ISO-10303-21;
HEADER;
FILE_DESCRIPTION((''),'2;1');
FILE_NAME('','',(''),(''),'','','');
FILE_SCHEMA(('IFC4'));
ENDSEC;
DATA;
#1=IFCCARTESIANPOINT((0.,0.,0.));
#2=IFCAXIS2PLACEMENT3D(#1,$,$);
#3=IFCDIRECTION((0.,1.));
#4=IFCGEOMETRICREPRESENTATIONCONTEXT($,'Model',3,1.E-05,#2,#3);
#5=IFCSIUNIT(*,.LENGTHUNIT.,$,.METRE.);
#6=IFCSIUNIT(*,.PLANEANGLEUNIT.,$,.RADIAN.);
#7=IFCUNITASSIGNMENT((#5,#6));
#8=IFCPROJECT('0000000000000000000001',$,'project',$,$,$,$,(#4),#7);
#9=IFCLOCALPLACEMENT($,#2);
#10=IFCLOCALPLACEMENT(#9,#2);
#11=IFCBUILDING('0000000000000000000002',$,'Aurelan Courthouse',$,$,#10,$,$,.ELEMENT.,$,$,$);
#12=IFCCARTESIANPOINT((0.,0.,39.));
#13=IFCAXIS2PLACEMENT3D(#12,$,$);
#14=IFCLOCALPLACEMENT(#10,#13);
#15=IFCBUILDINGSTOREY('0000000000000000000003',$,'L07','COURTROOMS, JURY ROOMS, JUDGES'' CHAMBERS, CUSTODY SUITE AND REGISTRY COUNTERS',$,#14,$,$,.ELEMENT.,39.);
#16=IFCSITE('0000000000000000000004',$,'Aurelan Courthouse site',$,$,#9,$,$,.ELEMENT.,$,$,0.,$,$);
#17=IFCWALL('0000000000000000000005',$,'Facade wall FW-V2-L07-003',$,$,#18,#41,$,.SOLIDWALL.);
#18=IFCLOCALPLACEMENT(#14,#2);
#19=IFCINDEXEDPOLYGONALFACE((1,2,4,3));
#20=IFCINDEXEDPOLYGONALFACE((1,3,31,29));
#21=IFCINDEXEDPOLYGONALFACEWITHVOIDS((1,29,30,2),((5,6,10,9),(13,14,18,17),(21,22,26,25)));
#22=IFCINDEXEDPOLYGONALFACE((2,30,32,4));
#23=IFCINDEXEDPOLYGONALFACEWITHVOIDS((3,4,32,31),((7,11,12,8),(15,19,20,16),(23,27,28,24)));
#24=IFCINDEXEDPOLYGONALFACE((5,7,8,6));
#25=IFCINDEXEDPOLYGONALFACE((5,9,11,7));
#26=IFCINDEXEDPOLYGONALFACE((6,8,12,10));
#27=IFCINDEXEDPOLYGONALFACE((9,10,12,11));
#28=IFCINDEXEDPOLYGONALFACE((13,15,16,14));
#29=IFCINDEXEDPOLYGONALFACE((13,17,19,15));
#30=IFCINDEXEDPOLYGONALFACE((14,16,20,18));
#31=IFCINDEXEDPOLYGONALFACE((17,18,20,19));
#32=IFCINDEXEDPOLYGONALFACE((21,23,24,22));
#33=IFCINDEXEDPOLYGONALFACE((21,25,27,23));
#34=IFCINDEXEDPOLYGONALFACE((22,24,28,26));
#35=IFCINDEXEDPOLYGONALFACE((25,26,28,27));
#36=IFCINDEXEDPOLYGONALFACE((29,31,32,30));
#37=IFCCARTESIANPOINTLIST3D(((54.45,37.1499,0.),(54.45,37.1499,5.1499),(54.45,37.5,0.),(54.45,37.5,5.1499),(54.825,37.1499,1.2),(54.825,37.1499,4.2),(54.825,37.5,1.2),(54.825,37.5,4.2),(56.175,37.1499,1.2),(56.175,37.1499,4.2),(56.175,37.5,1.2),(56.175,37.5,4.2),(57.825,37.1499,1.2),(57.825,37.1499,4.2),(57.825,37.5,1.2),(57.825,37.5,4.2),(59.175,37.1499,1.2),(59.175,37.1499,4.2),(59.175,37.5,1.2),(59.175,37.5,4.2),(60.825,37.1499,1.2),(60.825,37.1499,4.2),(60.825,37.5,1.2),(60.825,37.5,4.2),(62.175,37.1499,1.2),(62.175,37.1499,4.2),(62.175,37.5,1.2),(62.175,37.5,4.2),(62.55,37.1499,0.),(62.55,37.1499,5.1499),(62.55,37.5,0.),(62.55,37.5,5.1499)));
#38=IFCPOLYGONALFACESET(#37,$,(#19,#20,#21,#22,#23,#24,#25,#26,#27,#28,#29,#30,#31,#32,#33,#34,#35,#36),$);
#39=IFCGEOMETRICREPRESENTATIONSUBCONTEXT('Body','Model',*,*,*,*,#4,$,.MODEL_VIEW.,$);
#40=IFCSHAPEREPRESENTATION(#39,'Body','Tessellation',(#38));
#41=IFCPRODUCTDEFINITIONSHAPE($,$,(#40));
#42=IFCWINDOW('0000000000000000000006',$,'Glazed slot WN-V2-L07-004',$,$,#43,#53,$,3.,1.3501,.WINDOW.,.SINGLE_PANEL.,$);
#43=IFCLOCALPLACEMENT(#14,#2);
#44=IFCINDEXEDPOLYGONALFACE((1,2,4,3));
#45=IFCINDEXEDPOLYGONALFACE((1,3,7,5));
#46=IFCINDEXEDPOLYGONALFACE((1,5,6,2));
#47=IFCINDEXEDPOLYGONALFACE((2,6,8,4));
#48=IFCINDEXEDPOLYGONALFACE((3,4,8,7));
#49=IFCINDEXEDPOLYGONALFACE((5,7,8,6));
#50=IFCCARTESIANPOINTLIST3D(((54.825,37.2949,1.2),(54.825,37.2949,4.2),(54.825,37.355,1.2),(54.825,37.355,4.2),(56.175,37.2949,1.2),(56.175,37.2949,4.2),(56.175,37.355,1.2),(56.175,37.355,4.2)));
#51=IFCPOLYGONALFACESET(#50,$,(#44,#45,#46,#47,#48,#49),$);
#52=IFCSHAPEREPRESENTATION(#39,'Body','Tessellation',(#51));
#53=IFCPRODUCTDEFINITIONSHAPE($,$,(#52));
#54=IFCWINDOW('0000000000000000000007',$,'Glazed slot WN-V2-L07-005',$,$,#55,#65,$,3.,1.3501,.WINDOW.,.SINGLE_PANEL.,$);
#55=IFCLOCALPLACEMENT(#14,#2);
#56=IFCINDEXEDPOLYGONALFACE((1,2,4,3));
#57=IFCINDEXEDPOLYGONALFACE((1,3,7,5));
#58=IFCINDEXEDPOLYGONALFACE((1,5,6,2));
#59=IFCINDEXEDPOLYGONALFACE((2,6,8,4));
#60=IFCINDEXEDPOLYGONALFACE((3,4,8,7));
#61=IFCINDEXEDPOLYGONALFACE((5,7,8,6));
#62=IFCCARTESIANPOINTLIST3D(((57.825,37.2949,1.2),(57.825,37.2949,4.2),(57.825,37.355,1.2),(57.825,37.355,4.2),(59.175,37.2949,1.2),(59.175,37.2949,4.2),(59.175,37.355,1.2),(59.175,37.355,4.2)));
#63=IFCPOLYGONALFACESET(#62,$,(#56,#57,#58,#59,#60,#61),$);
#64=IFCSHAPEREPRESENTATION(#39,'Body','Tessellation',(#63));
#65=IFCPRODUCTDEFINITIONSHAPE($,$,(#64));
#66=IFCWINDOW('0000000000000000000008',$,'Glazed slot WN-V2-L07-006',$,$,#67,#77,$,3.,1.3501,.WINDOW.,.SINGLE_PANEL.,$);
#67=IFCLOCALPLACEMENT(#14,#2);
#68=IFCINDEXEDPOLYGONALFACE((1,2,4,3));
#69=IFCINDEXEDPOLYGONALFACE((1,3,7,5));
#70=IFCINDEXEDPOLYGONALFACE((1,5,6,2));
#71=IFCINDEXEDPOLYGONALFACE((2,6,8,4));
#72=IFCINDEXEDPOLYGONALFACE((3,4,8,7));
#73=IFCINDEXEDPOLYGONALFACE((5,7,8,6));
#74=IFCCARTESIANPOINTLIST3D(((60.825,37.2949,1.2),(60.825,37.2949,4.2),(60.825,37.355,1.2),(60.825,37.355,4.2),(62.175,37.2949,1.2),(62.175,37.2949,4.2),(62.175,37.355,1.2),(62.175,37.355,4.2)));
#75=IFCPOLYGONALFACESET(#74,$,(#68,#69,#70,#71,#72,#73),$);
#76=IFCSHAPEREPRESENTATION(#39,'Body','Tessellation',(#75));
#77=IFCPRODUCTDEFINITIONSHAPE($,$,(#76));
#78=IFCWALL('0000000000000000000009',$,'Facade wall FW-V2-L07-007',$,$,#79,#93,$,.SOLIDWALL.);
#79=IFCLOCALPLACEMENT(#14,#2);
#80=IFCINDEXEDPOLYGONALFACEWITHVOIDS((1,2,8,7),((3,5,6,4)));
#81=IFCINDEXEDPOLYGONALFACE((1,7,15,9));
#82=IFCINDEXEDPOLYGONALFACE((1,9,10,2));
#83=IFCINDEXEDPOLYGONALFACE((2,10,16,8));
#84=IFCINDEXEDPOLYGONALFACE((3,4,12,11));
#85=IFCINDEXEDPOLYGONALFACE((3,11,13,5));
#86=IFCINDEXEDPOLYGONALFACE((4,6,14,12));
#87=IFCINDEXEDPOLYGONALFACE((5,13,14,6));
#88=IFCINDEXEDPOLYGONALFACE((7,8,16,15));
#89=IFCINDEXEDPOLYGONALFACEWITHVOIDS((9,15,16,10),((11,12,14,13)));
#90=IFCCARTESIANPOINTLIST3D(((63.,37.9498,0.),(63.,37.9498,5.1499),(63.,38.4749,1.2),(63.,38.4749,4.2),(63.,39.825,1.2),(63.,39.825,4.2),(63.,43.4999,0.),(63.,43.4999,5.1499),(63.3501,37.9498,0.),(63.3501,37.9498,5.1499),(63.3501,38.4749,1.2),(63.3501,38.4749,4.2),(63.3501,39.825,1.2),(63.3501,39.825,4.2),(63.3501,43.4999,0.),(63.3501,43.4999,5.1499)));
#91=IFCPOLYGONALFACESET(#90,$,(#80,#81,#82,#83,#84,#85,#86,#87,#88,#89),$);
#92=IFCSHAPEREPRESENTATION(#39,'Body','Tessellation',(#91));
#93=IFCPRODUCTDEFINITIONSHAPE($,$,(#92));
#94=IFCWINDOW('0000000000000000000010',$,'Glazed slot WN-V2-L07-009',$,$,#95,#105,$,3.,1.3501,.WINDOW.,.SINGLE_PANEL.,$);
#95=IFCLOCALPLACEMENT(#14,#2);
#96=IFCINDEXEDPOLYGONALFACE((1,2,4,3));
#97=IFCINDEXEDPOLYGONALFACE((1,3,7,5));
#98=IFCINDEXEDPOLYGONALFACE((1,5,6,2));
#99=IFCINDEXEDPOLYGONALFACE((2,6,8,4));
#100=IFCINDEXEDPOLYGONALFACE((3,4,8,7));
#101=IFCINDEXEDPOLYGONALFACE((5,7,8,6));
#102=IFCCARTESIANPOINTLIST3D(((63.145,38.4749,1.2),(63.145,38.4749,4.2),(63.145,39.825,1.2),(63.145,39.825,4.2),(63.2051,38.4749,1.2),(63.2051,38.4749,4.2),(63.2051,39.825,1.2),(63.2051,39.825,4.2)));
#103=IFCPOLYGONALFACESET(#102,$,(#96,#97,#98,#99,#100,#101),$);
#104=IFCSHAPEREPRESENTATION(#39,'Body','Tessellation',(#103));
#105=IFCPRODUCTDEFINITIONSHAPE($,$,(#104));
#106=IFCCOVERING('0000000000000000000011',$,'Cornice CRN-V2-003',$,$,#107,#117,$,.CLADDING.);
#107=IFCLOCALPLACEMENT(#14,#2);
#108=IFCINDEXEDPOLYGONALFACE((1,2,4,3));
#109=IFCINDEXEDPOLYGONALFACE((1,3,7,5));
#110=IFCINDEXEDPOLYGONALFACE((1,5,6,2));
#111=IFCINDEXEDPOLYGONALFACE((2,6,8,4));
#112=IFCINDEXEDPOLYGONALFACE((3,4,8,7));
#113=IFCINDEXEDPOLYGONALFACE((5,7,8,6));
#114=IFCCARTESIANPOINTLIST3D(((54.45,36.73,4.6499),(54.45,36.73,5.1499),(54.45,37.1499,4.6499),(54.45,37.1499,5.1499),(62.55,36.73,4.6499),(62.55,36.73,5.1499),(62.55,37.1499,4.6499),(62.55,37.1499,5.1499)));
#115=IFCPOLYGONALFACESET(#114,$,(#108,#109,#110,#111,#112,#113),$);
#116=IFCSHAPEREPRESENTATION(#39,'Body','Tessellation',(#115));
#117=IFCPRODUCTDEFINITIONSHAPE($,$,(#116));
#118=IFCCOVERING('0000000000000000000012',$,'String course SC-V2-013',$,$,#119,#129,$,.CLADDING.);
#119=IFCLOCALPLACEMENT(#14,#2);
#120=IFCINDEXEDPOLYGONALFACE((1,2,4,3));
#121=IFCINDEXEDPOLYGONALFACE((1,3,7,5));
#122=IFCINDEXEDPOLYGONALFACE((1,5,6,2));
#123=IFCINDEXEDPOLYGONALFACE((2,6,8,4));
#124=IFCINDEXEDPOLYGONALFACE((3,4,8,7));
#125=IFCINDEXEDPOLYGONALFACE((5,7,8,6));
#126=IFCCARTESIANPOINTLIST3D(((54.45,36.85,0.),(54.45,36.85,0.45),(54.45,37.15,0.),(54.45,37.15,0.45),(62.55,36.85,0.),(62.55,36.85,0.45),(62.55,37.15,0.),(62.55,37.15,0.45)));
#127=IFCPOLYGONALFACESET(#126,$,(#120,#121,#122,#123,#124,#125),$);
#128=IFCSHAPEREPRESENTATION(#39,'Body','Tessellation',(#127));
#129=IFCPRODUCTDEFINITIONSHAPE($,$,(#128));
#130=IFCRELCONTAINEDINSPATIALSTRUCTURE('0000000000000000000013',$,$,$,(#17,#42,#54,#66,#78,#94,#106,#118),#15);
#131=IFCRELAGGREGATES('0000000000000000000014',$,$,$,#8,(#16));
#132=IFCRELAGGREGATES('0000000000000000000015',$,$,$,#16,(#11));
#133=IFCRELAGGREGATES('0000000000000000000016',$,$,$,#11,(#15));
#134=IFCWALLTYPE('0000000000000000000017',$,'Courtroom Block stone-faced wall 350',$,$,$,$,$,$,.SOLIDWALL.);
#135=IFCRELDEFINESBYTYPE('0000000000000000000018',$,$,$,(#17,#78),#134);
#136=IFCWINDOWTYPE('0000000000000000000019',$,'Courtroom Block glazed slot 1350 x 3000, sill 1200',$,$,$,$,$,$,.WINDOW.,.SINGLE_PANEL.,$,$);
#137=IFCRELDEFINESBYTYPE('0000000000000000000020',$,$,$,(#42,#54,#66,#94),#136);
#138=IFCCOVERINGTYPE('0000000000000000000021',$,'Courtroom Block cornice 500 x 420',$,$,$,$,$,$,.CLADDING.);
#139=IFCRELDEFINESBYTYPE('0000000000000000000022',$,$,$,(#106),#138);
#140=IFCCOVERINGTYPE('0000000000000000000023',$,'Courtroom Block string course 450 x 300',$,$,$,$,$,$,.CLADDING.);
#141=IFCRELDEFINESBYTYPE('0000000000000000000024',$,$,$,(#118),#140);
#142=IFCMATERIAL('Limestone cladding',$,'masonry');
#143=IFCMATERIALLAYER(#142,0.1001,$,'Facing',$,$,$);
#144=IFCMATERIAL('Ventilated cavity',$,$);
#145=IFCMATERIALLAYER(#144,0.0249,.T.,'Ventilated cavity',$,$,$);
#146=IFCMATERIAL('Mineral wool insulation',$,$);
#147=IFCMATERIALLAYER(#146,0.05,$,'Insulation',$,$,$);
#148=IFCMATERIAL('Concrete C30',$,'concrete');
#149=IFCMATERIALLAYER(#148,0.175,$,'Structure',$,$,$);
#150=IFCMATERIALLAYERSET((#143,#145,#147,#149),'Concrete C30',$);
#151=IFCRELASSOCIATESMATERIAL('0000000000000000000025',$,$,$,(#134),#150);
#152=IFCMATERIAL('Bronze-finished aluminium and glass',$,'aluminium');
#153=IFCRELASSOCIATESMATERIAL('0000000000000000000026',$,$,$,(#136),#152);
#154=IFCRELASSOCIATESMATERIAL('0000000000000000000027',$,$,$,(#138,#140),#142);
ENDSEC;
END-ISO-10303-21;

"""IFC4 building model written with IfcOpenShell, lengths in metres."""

from ifc_helpers import new_model, si_unit, direction, frame, frame_2d, origin, origin_2d, place, context, subcontext, project, spatial, rectangle, extrude, material, layer, layer_set, type_object, element, fill, save


model = new_model("IFC4")

# Units and contexts
model_context = context("Model", 3, precision=1e-05, world=origin(), true_north=direction((0.0, 1.0)))
body_context = subcontext(model_context, "Body", "Model", "MODEL_VIEW")
ifc_project = project(units=[si_unit("LENGTHUNIT", "METRE"), si_unit("PLANEANGLEUNIT", "RADIAN")], contexts=[model_context])

# Site, building, storey
site_placement = place(None, origin())
site = spatial("IfcSite", under=ifc_project, at=site_placement, Name="Aurelan Courthouse site", CompositionType="ELEMENT", RefElevation=0.0)
building_placement = place(site_placement, origin())
building = spatial("IfcBuilding", under=site, at=building_placement, Name="Aurelan Courthouse", CompositionType="ELEMENT")
storey_placement = place(building_placement, frame((0.0, 0.0, 39.0)))
storey = spatial("IfcBuildingStorey", under=building, at=storey_placement, Name="L07", Description="COURTROOMS, JURY ROOMS, JUDGES' CHAMBERS, CUSTODY SUITE AND REGISTRY COUNTERS", CompositionType="ELEMENT", Elevation=39.0)

# Shared definitions
ifc_material_1 = material(Name="Bronze-finished aluminium and glass", Category="aluminium")

# Shared definitions
ifc_material_2 = material(Name="Limestone cladding", Category="masonry")

# Wall, openings, windows
ifc_layer_1 = layer(ifc_material_2, 0.1001, Name="Facing")
ifc_material_3 = material(Name="Ventilated cavity")
ifc_layer_2 = layer(ifc_material_3, 0.0249, ventilated=True, Name="Ventilated cavity")
ifc_material_4 = material(Name="Mineral wool insulation")
ifc_layer_3 = layer(ifc_material_4, 0.05, Name="Insulation")
ifc_material_5 = material(Name="Concrete C30", Category="concrete")
ifc_layer_4 = layer(ifc_material_5, 0.175, Name="Structure")
ifc_layer_set_1 = layer_set([ifc_layer_1, ifc_layer_2, ifc_layer_3, ifc_layer_4], Name="Concrete C30")
wall_type_1 = type_object("IfcWallType", Name="Courtroom Block stone-faced wall 350", PredefinedType="SOLIDWALL", material=ifc_layer_set_1)
wall_1_placement = place(storey_placement, frame((54.45, 37.325, 0.0), z_axis=(0.0, 0.0, 1.0), x_axis=(1.0, 0.0, 0.0)))
wall_1 = element("IfcWall", 1, at=wall_1_placement, inside=storey, type_object=wall_type_1, Name="Facade wall FW-V2-L07-003", PredefinedType="SOLIDWALL", context=body_context, shape_type="SweptSolid", body=[
    extrude(rectangle(XDim=8.1001, YDim=0.3501, at=frame_2d((4.05, 0.0))), origin(), (0.0, 0.0, 1.0), 5.1499),
])
opening_1_placement = place(wall_1_placement, frame((0.375, 0.0, 1.2)))
opening_1 = element("IfcOpeningElement", 2, at=opening_1_placement, cuts=wall_1, PredefinedType="OPENING", context=body_context, shape_type="SweptSolid", body=[
    extrude(rectangle(XDim=1.3501, YDim=3.0, at=frame_2d((0.675, 1.5))), frame((0.0, 0.1851, 0.0), z_axis=(0.0, -1.0, 0.0), x_axis=(1.0, 0.0, 0.0)), (0.0, 0.0, 1.0), 0.3701),
])
opening_2_placement = place(wall_1_placement, frame((3.375, 0.0, 1.2)))
opening_2 = element("IfcOpeningElement", 3, at=opening_2_placement, cuts=wall_1, PredefinedType="OPENING", context=body_context, shape_type="SweptSolid", body=[
    extrude(rectangle(XDim=1.3501, YDim=3.0, at=frame_2d((0.675, 1.5))), frame((0.0, 0.1851, 0.0), z_axis=(0.0, -1.0, 0.0), x_axis=(1.0, 0.0, 0.0)), (0.0, 0.0, 1.0), 0.3701),
])
opening_3_placement = place(wall_1_placement, frame((6.375, 0.0, 1.2)))
opening_3 = element("IfcOpeningElement", 4, at=opening_3_placement, cuts=wall_1, PredefinedType="OPENING", context=body_context, shape_type="SweptSolid", body=[
    extrude(rectangle(XDim=1.3501, YDim=3.0, at=frame_2d((0.675, 1.5))), frame((0.0, 0.1851, 0.0), z_axis=(0.0, -1.0, 0.0), x_axis=(1.0, 0.0, 0.0)), (0.0, 0.0, 1.0), 0.3701),
])
window_type = type_object("IfcWindowType", Name="Courtroom Block glazed slot 1350 x 3000, sill 1200", PartitioningType="SINGLE_PANEL", PredefinedType="WINDOW", material=ifc_material_1)
window_1_placement = place(opening_1_placement, origin())
window_1 = element("IfcWindow", 5, at=window_1_placement, inside=storey, type_object=window_type, Name="Glazed slot WN-V2-L07-004", OverallHeight=3.0, OverallWidth=1.3501, PartitioningType="SINGLE_PANEL", PredefinedType="WINDOW", context=body_context, shape_type="SweptSolid", body=[
    extrude(rectangle(XDim=1.3501, YDim=3.0, at=frame_2d((0.675, 1.5))), frame((0.0, 0.03, 0.0), z_axis=(0.0, -1.0, 0.0), x_axis=(1.0, 0.0, 0.0)), (0.0, 0.0, 1.0), 0.0601),
])
fill(opening_1, window_1)
window_2_placement = place(opening_2_placement, origin())
window_2 = element("IfcWindow", 6, at=window_2_placement, inside=storey, type_object=window_type, Name="Glazed slot WN-V2-L07-005", OverallHeight=3.0, OverallWidth=1.3501, PartitioningType="SINGLE_PANEL", PredefinedType="WINDOW", context=body_context, shape_type="SweptSolid", body=[
    extrude(rectangle(XDim=1.3501, YDim=3.0, at=frame_2d((0.675, 1.5))), frame((0.0, 0.03, 0.0), z_axis=(0.0, -1.0, 0.0), x_axis=(1.0, 0.0, 0.0)), (0.0, 0.0, 1.0), 0.0601),
])
fill(opening_2, window_2)
window_3_placement = place(opening_3_placement, origin())
window_3 = element("IfcWindow", 7, at=window_3_placement, inside=storey, type_object=window_type, Name="Glazed slot WN-V2-L07-006", OverallHeight=3.0, OverallWidth=1.3501, PartitioningType="SINGLE_PANEL", PredefinedType="WINDOW", context=body_context, shape_type="SweptSolid", body=[
    extrude(rectangle(XDim=1.3501, YDim=3.0, at=frame_2d((0.675, 1.5))), frame((0.0, 0.03, 0.0), z_axis=(0.0, -1.0, 0.0), x_axis=(1.0, 0.0, 0.0)), (0.0, 0.0, 1.0), 0.0601),
])
fill(opening_3, window_3)

# Wall, opening, window
wall_2_placement = place(storey_placement, frame((63.175, 37.95, 0.0), z_axis=(0.0, 0.0, 1.0), x_axis=(0.0, 1.0, 0.0)))
wall_2 = element("IfcWall", 8, at=wall_2_placement, inside=storey, type_object=wall_type_1, Name="Facade wall FW-V2-L07-007", PredefinedType="SOLIDWALL", context=body_context, shape_type="SweptSolid", body=[
    extrude(rectangle(XDim=5.55, YDim=0.3501, at=frame_2d((2.7749, 0.0))), origin(), (0.0, 0.0, 1.0), 5.1499),
])
opening_4_placement = place(wall_2_placement, frame((0.5249, 0.0, 1.2)))
opening_4 = element("IfcOpeningElement", 9, at=opening_4_placement, cuts=wall_2, PredefinedType="OPENING", context=body_context, shape_type="SweptSolid", body=[
    extrude(rectangle(XDim=1.3501, YDim=3.0, at=frame_2d((0.675, 1.5))), frame((0.0, 0.1851, 0.0), z_axis=(0.0, -1.0, 0.0), x_axis=(1.0, 0.0, 0.0)), (0.0, 0.0, 1.0), 0.3701),
])
window_4_placement = place(opening_4_placement, origin())
window_4 = element("IfcWindow", 10, at=window_4_placement, inside=storey, type_object=window_type, Name="Glazed slot WN-V2-L07-009", OverallHeight=3.0, OverallWidth=1.3501, PartitioningType="SINGLE_PANEL", PredefinedType="WINDOW", context=body_context, shape_type="SweptSolid", body=[
    extrude(rectangle(XDim=1.3501, YDim=3.0, at=frame_2d((0.675, 1.5))), frame((0.0, 0.03, 0.0), z_axis=(0.0, -1.0, 0.0), x_axis=(1.0, 0.0, 0.0)), (0.0, 0.0, 1.0), 0.0601),
])
fill(opening_4, window_4)

# Coverings
covering_type_1 = type_object("IfcCoveringType", Name="Courtroom Block cornice 500 x 420", PredefinedType="CLADDING", material=ifc_material_2)
covering_1_placement = place(storey_placement, frame((58.5, 36.9399, 4.6499), z_axis=(0.0, 0.0, 1.0), x_axis=(1.0, 0.0, 0.0)))
element("IfcCovering", 11, at=covering_1_placement, inside=storey, type_object=covering_type_1, Name="Cornice CRN-V2-003", PredefinedType="CLADDING", context=body_context, shape_type="SweptSolid", body=[
    extrude(rectangle(XDim=8.1001, YDim=0.4199, at=origin_2d()), origin(), (0.0, 0.0, 1.0), 0.5),
])
covering_type_2 = type_object("IfcCoveringType", Name="Courtroom Block string course 450 x 300", PredefinedType="CLADDING", material=ifc_material_2)
covering_2_placement = place(storey_placement, frame((58.5, 37.0, 0.0), z_axis=(0.0, 0.0, 1.0), x_axis=(1.0, 0.0, 0.0)))
element("IfcCovering", 12, at=covering_2_placement, inside=storey, type_object=covering_type_2, Name="String course SC-V2-013", PredefinedType="CLADDING", context=body_context, shape_type="SweptSolid", body=[
    extrude(rectangle(XDim=8.1001, YDim=0.3, at=origin_2d()), origin(), (0.0, 0.0, 1.0), 0.45),
])

save(model, "model.ifc")
